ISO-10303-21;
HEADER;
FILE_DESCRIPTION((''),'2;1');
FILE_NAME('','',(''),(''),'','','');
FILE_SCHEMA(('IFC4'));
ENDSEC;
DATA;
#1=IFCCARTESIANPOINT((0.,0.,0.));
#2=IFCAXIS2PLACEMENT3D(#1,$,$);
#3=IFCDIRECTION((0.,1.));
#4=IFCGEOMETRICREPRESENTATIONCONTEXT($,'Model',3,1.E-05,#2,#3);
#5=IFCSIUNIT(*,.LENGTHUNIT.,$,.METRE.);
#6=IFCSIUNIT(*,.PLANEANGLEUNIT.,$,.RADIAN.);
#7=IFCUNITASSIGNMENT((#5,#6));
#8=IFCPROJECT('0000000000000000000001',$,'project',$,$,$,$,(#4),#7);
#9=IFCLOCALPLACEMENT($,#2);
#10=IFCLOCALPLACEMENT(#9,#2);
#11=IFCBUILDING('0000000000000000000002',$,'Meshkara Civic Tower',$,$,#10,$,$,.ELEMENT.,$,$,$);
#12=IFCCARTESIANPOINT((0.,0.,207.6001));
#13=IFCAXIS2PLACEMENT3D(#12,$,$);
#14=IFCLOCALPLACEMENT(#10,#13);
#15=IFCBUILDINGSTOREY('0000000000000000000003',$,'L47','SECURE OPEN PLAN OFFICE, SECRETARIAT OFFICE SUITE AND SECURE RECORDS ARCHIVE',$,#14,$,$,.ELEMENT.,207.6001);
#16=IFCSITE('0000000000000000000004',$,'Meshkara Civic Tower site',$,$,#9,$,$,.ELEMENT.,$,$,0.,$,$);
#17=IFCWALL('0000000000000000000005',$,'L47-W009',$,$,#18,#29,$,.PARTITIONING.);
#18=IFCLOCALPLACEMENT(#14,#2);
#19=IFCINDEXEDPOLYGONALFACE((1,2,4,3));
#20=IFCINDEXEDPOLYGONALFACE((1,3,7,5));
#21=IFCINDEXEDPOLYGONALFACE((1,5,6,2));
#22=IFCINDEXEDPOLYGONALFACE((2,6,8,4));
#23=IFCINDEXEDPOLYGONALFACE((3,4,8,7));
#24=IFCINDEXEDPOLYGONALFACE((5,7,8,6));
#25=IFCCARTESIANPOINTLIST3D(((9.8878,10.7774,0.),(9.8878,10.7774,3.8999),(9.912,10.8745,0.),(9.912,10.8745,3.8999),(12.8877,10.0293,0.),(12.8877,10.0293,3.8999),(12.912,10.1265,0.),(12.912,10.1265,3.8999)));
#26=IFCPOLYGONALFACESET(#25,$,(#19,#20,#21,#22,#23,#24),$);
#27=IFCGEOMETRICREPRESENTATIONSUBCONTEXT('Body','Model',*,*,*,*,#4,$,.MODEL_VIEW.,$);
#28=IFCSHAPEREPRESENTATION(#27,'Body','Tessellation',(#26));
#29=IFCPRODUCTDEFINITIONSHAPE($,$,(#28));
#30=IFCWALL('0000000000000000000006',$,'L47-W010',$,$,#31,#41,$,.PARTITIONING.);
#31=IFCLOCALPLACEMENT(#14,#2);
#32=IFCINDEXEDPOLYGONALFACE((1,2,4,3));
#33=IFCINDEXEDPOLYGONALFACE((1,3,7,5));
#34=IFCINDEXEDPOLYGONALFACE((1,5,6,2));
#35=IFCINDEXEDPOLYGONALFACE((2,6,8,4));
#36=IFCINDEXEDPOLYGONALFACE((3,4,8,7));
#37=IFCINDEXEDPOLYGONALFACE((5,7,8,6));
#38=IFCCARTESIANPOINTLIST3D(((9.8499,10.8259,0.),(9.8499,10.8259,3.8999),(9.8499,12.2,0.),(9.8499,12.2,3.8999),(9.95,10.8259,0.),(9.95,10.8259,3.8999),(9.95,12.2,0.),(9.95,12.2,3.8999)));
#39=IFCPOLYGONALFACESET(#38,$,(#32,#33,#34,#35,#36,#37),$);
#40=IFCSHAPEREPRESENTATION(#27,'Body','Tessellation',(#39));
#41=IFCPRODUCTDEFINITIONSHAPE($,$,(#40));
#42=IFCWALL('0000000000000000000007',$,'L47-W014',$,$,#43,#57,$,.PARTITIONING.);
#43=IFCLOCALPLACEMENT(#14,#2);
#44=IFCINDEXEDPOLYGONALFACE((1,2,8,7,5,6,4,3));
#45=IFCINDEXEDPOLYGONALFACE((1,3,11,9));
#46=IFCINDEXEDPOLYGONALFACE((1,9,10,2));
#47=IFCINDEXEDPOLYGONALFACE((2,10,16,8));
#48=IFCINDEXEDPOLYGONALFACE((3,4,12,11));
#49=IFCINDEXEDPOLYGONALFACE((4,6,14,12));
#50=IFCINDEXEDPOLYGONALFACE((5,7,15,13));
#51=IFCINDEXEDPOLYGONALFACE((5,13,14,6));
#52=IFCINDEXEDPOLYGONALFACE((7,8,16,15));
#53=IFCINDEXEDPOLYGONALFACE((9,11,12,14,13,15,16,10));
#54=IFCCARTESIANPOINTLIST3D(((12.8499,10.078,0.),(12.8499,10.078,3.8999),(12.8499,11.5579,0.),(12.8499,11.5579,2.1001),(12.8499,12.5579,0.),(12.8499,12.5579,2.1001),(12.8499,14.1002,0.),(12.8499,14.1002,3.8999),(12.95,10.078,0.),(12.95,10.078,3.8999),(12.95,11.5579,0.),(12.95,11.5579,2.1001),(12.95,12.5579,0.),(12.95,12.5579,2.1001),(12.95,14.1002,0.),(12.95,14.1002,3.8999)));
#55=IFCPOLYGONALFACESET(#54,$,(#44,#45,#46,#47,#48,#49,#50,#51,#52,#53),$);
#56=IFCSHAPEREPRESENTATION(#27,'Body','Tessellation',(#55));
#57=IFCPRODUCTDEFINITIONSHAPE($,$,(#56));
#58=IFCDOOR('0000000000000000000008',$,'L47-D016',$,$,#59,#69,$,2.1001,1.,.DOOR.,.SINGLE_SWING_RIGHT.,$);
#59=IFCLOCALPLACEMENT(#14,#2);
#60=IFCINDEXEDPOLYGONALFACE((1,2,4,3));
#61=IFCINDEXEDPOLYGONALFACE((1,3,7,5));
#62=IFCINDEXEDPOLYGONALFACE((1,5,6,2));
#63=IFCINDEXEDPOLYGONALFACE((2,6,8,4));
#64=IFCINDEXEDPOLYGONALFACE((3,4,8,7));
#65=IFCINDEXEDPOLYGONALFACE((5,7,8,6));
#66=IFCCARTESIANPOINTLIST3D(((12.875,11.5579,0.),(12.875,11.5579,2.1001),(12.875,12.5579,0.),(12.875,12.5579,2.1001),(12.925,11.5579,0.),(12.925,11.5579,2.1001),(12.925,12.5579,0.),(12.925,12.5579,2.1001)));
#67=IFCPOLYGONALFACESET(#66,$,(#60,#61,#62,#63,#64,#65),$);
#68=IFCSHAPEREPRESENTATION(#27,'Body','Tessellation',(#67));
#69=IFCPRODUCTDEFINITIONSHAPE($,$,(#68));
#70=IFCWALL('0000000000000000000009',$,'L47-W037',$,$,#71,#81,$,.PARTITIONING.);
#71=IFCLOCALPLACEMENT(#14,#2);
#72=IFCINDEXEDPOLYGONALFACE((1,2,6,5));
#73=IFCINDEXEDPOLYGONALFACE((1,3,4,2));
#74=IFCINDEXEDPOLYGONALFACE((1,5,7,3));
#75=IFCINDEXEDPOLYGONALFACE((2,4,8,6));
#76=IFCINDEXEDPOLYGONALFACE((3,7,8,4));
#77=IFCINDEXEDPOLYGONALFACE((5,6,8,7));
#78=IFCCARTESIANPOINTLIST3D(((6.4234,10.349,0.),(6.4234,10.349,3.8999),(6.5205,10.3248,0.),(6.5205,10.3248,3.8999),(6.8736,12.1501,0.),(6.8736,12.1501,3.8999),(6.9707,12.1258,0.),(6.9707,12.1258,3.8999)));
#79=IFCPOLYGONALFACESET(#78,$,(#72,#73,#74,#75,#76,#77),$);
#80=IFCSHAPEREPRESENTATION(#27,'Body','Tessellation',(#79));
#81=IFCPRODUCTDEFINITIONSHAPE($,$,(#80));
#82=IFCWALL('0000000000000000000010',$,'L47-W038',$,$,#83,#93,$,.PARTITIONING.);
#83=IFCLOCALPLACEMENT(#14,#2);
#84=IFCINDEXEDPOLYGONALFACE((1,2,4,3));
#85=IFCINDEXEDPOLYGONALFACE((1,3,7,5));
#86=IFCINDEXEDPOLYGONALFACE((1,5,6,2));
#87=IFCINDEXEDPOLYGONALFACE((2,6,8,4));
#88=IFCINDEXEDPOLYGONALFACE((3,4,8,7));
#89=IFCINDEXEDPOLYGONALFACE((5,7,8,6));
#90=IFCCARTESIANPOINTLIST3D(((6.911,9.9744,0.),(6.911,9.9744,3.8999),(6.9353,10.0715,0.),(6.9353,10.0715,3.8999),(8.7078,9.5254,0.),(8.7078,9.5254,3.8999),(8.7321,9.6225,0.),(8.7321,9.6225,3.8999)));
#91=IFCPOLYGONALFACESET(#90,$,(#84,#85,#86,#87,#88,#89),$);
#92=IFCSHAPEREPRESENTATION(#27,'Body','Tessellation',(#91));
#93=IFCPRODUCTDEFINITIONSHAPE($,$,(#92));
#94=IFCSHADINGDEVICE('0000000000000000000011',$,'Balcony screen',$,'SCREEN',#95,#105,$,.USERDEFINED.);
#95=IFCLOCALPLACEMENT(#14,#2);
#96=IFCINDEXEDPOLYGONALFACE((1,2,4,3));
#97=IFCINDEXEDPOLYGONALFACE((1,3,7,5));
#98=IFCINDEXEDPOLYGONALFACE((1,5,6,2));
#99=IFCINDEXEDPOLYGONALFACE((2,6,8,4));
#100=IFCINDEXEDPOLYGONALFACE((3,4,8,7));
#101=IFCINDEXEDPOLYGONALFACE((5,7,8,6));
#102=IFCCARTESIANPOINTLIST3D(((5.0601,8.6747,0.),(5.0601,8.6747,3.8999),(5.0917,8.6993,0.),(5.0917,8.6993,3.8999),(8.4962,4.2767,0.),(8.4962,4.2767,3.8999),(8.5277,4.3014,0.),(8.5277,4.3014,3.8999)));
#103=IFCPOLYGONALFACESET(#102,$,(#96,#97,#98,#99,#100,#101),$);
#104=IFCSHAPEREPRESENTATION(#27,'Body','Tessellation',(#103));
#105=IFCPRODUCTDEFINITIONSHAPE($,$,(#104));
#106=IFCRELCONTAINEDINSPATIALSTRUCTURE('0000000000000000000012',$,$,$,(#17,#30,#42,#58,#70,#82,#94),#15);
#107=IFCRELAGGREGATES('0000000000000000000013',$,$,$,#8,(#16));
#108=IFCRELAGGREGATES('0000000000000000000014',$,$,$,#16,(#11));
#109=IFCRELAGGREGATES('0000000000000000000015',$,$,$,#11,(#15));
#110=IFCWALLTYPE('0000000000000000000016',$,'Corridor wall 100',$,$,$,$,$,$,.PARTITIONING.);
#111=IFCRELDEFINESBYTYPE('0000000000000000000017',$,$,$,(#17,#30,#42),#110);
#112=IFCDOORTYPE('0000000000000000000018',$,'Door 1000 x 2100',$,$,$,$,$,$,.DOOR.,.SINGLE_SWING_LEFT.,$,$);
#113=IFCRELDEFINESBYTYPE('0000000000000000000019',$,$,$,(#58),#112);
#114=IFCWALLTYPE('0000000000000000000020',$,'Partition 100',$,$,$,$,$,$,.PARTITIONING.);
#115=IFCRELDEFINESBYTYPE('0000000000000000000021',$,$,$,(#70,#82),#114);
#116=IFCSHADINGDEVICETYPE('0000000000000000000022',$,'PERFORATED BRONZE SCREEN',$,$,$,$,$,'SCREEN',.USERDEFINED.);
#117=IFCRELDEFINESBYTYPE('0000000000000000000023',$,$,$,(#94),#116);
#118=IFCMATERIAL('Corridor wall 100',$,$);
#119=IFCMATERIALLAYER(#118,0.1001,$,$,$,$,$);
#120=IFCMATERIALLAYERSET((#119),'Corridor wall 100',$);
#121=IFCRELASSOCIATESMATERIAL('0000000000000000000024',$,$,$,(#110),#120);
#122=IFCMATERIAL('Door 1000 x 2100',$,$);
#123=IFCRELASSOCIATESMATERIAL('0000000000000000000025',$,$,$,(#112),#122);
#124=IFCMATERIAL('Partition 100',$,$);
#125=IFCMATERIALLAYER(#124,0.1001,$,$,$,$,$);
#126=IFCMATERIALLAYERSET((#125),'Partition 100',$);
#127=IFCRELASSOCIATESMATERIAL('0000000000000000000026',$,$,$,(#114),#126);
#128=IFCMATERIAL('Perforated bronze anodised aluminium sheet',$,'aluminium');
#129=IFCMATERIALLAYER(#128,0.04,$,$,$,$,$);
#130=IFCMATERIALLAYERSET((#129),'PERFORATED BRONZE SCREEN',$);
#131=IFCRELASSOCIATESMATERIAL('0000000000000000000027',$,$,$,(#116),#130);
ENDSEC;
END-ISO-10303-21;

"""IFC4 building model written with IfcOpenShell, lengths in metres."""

from ifc_helpers import new_model, si_unit, direction, frame, frame_2d, origin, origin_2d, place, context, subcontext, project, spatial, rectangle, extrude, material, layer, layer_set, type_object, element, fill, save


model = new_model("IFC4")

# Units and contexts
model_context = context("Model", 3, precision=1e-05, world=origin(), true_north=direction((0.0, 1.0)))
body_context = subcontext(model_context, "Body", "Model", "MODEL_VIEW")
ifc_project = project(units=[si_unit("LENGTHUNIT", "METRE"), si_unit("PLANEANGLEUNIT", "RADIAN")], contexts=[model_context])

# Site, building, storey
site_placement = place(None, origin())
site = spatial("IfcSite", under=ifc_project, at=site_placement, Name="Meshkara Civic Tower site", CompositionType="ELEMENT", RefElevation=0.0)
building_placement = place(site_placement, origin())
building = spatial("IfcBuilding", under=site, at=building_placement, Name="Meshkara Civic Tower", CompositionType="ELEMENT")
storey_placement = place(building_placement, frame((0.0, 0.0, 207.6001)))
storey = spatial("IfcBuildingStorey", under=building, at=storey_placement, Name="L47", Description="SECURE OPEN PLAN OFFICE, SECRETARIAT OFFICE SUITE AND SECURE RECORDS ARCHIVE", CompositionType="ELEMENT", Elevation=207.6001)

# Shared definitions
ifc_material_1 = material(Name="Corridor wall 100")
ifc_layer_1 = layer(ifc_material_1, 0.1001)
ifc_layer_set_1 = layer_set([ifc_layer_1], Name="Corridor wall 100")
wall_type_1 = type_object("IfcWallType", Name="Corridor wall 100", PredefinedType="PARTITIONING", material=ifc_layer_set_1)
ifc_material_2 = material(Name="Door 1000 x 2100")
door_type_1 = type_object("IfcDoorType", Name="Door 1000 x 2100", OperationType="SINGLE_SWING_LEFT", PredefinedType="DOOR", material=ifc_material_2)

# Walls
wall_1_placement = place(storey_placement, frame((9.8999, 10.8259, 0.0), z_axis=(0.0, 0.0, 1.0), x_axis=(0.970291, -0.241941, 0.0)))
element("IfcWall", 1, at=wall_1_placement, inside=storey, type_object=wall_type_1, Name="L47-W009", PredefinedType="PARTITIONING", context=body_context, shape_type="SweptSolid", body=[
    extrude(rectangle(XDim=3.0918, YDim=0.1001, at=frame_2d((1.5459, 0.0))), origin(), (0.0, 0.0, 1.0), 3.8999),
])
wall_2_placement = place(storey_placement, frame((9.8999, 12.2, 0.0), z_axis=(0.0, 0.0, 1.0), x_axis=(0.0, -1.0, 0.0)))
element("IfcWall", 2, at=wall_2_placement, inside=storey, type_object=wall_type_1, Name="L47-W010", PredefinedType="PARTITIONING", context=body_context, shape_type="SweptSolid", body=[
    extrude(rectangle(XDim=1.374, YDim=0.1001, at=frame_2d((0.687, 0.0))), origin(), (0.0, 0.0, 1.0), 3.8999),
])

# Wall, opening, door
wall_3_placement = place(storey_placement, frame((12.8999, 10.0779, 0.0), z_axis=(0.0, 0.0, 1.0), x_axis=(0.0, 1.0, 0.0)))
wall_3 = element("IfcWall", 3, at=wall_3_placement, inside=storey, type_object=wall_type_1, Name="L47-W014", PredefinedType="PARTITIONING", context=body_context, shape_type="SweptSolid", body=[
    extrude(rectangle(XDim=4.0222, YDim=0.1001, at=frame_2d((2.0112, 0.0))), origin(), (0.0, 0.0, 1.0), 3.8999),
])
opening_1_placement = place(wall_3_placement, frame((1.48, 0.0, 0.0)))
opening_1 = element("IfcOpeningElement", 4, at=opening_1_placement, cuts=wall_3, PredefinedType="OPENING", context=body_context, shape_type="SweptSolid", body=[
    extrude(rectangle(XDim=1.0, YDim=2.1001, at=frame_2d((0.5, 1.05))), frame((0.0, 0.0601, 0.0), z_axis=(0.0, -1.0, 0.0), x_axis=(1.0, 0.0, 0.0)), (0.0, 0.0, 1.0), 0.1201),
])
door_1_placement = place(opening_1_placement, origin())
door_1 = element("IfcDoor", 5, at=door_1_placement, inside=storey, type_object=door_type_1, Name="L47-D016", OperationType="SINGLE_SWING_RIGHT", OverallHeight=2.1001, OverallWidth=1.0, PredefinedType="DOOR", context=body_context, shape_type="SweptSolid", body=[
    extrude(rectangle(XDim=1.0, YDim=2.1001, at=frame_2d((0.5, 1.05))), frame((0.0, 0.0249, 0.0), z_axis=(0.0, -1.0, 0.0), x_axis=(1.0, 0.0, 0.0)), (0.0, 0.0, 1.0), 0.05),
])
fill(opening_1, door_1)

# Walls
ifc_material_3 = material(Name="Partition 100")
ifc_layer_2 = layer(ifc_material_3, 0.1001)
ifc_layer_set_2 = layer_set([ifc_layer_2], Name="Partition 100")
wall_type_2 = type_object("IfcWallType", Name="Partition 100", PredefinedType="PARTITIONING", material=ifc_layer_set_2)
wall_4_placement = place(storey_placement, frame((6.9221, 12.1379, 0.0), z_axis=(0.0, 0.0, 1.0), x_axis=(-0.242505, -0.97015, 0.0)))
element("IfcWall", 6, at=wall_4_placement, inside=storey, type_object=wall_type_2, Name="L47-W037", PredefinedType="PARTITIONING", context=body_context, shape_type="SweptSolid", body=[
    extrude(rectangle(XDim=1.8564, YDim=0.1001, at=frame_2d((0.9282, 0.0))), origin(), (0.0, 0.0, 1.0), 3.8999),
])
wall_5_placement = place(storey_placement, frame((8.72, 9.574, 0.0), z_axis=(0.0, 0.0, 1.0), x_axis=(-0.970174, 0.242412, 0.0)))
element("IfcWall", 7, at=wall_5_placement, inside=storey, type_object=wall_type_2, Name="L47-W038", PredefinedType="PARTITIONING", context=body_context, shape_type="SweptSolid", body=[
    extrude(rectangle(XDim=1.8521, YDim=0.1001, at=frame_2d((0.926, 0.0))), origin(), (0.0, 0.0, 1.0), 3.8999),
])

# Shading device
ifc_material_4 = material(Name="Perforated bronze anodised aluminium sheet", Category="aluminium")
ifc_layer_3 = layer(ifc_material_4, 0.04)
ifc_layer_set_3 = layer_set([ifc_layer_3], Name="PERFORATED BRONZE SCREEN")
shading_device_type = type_object("IfcShadingDeviceType", Name="PERFORATED BRONZE SCREEN", ElementType="SCREEN", PredefinedType="USERDEFINED", material=ifc_layer_set_3)
shading_device_placement = place(storey_placement, frame((6.7939, 6.488, 0.0), z_axis=(0.0, 0.0, 1.0), x_axis=(0.615661, -0.788011, 0.0)))
element("IfcShadingDevice", 8, at=shading_device_placement, inside=storey, type_object=shading_device_type, Name="Balcony screen", ObjectType="SCREEN", PredefinedType="USERDEFINED", context=body_context, shape_type="SweptSolid", body=[
    extrude(rectangle(XDim=5.5811, YDim=0.04, at=origin_2d()), origin(), (0.0, 0.0, 1.0), 3.8999),
])

save(model, "model.ifc")
